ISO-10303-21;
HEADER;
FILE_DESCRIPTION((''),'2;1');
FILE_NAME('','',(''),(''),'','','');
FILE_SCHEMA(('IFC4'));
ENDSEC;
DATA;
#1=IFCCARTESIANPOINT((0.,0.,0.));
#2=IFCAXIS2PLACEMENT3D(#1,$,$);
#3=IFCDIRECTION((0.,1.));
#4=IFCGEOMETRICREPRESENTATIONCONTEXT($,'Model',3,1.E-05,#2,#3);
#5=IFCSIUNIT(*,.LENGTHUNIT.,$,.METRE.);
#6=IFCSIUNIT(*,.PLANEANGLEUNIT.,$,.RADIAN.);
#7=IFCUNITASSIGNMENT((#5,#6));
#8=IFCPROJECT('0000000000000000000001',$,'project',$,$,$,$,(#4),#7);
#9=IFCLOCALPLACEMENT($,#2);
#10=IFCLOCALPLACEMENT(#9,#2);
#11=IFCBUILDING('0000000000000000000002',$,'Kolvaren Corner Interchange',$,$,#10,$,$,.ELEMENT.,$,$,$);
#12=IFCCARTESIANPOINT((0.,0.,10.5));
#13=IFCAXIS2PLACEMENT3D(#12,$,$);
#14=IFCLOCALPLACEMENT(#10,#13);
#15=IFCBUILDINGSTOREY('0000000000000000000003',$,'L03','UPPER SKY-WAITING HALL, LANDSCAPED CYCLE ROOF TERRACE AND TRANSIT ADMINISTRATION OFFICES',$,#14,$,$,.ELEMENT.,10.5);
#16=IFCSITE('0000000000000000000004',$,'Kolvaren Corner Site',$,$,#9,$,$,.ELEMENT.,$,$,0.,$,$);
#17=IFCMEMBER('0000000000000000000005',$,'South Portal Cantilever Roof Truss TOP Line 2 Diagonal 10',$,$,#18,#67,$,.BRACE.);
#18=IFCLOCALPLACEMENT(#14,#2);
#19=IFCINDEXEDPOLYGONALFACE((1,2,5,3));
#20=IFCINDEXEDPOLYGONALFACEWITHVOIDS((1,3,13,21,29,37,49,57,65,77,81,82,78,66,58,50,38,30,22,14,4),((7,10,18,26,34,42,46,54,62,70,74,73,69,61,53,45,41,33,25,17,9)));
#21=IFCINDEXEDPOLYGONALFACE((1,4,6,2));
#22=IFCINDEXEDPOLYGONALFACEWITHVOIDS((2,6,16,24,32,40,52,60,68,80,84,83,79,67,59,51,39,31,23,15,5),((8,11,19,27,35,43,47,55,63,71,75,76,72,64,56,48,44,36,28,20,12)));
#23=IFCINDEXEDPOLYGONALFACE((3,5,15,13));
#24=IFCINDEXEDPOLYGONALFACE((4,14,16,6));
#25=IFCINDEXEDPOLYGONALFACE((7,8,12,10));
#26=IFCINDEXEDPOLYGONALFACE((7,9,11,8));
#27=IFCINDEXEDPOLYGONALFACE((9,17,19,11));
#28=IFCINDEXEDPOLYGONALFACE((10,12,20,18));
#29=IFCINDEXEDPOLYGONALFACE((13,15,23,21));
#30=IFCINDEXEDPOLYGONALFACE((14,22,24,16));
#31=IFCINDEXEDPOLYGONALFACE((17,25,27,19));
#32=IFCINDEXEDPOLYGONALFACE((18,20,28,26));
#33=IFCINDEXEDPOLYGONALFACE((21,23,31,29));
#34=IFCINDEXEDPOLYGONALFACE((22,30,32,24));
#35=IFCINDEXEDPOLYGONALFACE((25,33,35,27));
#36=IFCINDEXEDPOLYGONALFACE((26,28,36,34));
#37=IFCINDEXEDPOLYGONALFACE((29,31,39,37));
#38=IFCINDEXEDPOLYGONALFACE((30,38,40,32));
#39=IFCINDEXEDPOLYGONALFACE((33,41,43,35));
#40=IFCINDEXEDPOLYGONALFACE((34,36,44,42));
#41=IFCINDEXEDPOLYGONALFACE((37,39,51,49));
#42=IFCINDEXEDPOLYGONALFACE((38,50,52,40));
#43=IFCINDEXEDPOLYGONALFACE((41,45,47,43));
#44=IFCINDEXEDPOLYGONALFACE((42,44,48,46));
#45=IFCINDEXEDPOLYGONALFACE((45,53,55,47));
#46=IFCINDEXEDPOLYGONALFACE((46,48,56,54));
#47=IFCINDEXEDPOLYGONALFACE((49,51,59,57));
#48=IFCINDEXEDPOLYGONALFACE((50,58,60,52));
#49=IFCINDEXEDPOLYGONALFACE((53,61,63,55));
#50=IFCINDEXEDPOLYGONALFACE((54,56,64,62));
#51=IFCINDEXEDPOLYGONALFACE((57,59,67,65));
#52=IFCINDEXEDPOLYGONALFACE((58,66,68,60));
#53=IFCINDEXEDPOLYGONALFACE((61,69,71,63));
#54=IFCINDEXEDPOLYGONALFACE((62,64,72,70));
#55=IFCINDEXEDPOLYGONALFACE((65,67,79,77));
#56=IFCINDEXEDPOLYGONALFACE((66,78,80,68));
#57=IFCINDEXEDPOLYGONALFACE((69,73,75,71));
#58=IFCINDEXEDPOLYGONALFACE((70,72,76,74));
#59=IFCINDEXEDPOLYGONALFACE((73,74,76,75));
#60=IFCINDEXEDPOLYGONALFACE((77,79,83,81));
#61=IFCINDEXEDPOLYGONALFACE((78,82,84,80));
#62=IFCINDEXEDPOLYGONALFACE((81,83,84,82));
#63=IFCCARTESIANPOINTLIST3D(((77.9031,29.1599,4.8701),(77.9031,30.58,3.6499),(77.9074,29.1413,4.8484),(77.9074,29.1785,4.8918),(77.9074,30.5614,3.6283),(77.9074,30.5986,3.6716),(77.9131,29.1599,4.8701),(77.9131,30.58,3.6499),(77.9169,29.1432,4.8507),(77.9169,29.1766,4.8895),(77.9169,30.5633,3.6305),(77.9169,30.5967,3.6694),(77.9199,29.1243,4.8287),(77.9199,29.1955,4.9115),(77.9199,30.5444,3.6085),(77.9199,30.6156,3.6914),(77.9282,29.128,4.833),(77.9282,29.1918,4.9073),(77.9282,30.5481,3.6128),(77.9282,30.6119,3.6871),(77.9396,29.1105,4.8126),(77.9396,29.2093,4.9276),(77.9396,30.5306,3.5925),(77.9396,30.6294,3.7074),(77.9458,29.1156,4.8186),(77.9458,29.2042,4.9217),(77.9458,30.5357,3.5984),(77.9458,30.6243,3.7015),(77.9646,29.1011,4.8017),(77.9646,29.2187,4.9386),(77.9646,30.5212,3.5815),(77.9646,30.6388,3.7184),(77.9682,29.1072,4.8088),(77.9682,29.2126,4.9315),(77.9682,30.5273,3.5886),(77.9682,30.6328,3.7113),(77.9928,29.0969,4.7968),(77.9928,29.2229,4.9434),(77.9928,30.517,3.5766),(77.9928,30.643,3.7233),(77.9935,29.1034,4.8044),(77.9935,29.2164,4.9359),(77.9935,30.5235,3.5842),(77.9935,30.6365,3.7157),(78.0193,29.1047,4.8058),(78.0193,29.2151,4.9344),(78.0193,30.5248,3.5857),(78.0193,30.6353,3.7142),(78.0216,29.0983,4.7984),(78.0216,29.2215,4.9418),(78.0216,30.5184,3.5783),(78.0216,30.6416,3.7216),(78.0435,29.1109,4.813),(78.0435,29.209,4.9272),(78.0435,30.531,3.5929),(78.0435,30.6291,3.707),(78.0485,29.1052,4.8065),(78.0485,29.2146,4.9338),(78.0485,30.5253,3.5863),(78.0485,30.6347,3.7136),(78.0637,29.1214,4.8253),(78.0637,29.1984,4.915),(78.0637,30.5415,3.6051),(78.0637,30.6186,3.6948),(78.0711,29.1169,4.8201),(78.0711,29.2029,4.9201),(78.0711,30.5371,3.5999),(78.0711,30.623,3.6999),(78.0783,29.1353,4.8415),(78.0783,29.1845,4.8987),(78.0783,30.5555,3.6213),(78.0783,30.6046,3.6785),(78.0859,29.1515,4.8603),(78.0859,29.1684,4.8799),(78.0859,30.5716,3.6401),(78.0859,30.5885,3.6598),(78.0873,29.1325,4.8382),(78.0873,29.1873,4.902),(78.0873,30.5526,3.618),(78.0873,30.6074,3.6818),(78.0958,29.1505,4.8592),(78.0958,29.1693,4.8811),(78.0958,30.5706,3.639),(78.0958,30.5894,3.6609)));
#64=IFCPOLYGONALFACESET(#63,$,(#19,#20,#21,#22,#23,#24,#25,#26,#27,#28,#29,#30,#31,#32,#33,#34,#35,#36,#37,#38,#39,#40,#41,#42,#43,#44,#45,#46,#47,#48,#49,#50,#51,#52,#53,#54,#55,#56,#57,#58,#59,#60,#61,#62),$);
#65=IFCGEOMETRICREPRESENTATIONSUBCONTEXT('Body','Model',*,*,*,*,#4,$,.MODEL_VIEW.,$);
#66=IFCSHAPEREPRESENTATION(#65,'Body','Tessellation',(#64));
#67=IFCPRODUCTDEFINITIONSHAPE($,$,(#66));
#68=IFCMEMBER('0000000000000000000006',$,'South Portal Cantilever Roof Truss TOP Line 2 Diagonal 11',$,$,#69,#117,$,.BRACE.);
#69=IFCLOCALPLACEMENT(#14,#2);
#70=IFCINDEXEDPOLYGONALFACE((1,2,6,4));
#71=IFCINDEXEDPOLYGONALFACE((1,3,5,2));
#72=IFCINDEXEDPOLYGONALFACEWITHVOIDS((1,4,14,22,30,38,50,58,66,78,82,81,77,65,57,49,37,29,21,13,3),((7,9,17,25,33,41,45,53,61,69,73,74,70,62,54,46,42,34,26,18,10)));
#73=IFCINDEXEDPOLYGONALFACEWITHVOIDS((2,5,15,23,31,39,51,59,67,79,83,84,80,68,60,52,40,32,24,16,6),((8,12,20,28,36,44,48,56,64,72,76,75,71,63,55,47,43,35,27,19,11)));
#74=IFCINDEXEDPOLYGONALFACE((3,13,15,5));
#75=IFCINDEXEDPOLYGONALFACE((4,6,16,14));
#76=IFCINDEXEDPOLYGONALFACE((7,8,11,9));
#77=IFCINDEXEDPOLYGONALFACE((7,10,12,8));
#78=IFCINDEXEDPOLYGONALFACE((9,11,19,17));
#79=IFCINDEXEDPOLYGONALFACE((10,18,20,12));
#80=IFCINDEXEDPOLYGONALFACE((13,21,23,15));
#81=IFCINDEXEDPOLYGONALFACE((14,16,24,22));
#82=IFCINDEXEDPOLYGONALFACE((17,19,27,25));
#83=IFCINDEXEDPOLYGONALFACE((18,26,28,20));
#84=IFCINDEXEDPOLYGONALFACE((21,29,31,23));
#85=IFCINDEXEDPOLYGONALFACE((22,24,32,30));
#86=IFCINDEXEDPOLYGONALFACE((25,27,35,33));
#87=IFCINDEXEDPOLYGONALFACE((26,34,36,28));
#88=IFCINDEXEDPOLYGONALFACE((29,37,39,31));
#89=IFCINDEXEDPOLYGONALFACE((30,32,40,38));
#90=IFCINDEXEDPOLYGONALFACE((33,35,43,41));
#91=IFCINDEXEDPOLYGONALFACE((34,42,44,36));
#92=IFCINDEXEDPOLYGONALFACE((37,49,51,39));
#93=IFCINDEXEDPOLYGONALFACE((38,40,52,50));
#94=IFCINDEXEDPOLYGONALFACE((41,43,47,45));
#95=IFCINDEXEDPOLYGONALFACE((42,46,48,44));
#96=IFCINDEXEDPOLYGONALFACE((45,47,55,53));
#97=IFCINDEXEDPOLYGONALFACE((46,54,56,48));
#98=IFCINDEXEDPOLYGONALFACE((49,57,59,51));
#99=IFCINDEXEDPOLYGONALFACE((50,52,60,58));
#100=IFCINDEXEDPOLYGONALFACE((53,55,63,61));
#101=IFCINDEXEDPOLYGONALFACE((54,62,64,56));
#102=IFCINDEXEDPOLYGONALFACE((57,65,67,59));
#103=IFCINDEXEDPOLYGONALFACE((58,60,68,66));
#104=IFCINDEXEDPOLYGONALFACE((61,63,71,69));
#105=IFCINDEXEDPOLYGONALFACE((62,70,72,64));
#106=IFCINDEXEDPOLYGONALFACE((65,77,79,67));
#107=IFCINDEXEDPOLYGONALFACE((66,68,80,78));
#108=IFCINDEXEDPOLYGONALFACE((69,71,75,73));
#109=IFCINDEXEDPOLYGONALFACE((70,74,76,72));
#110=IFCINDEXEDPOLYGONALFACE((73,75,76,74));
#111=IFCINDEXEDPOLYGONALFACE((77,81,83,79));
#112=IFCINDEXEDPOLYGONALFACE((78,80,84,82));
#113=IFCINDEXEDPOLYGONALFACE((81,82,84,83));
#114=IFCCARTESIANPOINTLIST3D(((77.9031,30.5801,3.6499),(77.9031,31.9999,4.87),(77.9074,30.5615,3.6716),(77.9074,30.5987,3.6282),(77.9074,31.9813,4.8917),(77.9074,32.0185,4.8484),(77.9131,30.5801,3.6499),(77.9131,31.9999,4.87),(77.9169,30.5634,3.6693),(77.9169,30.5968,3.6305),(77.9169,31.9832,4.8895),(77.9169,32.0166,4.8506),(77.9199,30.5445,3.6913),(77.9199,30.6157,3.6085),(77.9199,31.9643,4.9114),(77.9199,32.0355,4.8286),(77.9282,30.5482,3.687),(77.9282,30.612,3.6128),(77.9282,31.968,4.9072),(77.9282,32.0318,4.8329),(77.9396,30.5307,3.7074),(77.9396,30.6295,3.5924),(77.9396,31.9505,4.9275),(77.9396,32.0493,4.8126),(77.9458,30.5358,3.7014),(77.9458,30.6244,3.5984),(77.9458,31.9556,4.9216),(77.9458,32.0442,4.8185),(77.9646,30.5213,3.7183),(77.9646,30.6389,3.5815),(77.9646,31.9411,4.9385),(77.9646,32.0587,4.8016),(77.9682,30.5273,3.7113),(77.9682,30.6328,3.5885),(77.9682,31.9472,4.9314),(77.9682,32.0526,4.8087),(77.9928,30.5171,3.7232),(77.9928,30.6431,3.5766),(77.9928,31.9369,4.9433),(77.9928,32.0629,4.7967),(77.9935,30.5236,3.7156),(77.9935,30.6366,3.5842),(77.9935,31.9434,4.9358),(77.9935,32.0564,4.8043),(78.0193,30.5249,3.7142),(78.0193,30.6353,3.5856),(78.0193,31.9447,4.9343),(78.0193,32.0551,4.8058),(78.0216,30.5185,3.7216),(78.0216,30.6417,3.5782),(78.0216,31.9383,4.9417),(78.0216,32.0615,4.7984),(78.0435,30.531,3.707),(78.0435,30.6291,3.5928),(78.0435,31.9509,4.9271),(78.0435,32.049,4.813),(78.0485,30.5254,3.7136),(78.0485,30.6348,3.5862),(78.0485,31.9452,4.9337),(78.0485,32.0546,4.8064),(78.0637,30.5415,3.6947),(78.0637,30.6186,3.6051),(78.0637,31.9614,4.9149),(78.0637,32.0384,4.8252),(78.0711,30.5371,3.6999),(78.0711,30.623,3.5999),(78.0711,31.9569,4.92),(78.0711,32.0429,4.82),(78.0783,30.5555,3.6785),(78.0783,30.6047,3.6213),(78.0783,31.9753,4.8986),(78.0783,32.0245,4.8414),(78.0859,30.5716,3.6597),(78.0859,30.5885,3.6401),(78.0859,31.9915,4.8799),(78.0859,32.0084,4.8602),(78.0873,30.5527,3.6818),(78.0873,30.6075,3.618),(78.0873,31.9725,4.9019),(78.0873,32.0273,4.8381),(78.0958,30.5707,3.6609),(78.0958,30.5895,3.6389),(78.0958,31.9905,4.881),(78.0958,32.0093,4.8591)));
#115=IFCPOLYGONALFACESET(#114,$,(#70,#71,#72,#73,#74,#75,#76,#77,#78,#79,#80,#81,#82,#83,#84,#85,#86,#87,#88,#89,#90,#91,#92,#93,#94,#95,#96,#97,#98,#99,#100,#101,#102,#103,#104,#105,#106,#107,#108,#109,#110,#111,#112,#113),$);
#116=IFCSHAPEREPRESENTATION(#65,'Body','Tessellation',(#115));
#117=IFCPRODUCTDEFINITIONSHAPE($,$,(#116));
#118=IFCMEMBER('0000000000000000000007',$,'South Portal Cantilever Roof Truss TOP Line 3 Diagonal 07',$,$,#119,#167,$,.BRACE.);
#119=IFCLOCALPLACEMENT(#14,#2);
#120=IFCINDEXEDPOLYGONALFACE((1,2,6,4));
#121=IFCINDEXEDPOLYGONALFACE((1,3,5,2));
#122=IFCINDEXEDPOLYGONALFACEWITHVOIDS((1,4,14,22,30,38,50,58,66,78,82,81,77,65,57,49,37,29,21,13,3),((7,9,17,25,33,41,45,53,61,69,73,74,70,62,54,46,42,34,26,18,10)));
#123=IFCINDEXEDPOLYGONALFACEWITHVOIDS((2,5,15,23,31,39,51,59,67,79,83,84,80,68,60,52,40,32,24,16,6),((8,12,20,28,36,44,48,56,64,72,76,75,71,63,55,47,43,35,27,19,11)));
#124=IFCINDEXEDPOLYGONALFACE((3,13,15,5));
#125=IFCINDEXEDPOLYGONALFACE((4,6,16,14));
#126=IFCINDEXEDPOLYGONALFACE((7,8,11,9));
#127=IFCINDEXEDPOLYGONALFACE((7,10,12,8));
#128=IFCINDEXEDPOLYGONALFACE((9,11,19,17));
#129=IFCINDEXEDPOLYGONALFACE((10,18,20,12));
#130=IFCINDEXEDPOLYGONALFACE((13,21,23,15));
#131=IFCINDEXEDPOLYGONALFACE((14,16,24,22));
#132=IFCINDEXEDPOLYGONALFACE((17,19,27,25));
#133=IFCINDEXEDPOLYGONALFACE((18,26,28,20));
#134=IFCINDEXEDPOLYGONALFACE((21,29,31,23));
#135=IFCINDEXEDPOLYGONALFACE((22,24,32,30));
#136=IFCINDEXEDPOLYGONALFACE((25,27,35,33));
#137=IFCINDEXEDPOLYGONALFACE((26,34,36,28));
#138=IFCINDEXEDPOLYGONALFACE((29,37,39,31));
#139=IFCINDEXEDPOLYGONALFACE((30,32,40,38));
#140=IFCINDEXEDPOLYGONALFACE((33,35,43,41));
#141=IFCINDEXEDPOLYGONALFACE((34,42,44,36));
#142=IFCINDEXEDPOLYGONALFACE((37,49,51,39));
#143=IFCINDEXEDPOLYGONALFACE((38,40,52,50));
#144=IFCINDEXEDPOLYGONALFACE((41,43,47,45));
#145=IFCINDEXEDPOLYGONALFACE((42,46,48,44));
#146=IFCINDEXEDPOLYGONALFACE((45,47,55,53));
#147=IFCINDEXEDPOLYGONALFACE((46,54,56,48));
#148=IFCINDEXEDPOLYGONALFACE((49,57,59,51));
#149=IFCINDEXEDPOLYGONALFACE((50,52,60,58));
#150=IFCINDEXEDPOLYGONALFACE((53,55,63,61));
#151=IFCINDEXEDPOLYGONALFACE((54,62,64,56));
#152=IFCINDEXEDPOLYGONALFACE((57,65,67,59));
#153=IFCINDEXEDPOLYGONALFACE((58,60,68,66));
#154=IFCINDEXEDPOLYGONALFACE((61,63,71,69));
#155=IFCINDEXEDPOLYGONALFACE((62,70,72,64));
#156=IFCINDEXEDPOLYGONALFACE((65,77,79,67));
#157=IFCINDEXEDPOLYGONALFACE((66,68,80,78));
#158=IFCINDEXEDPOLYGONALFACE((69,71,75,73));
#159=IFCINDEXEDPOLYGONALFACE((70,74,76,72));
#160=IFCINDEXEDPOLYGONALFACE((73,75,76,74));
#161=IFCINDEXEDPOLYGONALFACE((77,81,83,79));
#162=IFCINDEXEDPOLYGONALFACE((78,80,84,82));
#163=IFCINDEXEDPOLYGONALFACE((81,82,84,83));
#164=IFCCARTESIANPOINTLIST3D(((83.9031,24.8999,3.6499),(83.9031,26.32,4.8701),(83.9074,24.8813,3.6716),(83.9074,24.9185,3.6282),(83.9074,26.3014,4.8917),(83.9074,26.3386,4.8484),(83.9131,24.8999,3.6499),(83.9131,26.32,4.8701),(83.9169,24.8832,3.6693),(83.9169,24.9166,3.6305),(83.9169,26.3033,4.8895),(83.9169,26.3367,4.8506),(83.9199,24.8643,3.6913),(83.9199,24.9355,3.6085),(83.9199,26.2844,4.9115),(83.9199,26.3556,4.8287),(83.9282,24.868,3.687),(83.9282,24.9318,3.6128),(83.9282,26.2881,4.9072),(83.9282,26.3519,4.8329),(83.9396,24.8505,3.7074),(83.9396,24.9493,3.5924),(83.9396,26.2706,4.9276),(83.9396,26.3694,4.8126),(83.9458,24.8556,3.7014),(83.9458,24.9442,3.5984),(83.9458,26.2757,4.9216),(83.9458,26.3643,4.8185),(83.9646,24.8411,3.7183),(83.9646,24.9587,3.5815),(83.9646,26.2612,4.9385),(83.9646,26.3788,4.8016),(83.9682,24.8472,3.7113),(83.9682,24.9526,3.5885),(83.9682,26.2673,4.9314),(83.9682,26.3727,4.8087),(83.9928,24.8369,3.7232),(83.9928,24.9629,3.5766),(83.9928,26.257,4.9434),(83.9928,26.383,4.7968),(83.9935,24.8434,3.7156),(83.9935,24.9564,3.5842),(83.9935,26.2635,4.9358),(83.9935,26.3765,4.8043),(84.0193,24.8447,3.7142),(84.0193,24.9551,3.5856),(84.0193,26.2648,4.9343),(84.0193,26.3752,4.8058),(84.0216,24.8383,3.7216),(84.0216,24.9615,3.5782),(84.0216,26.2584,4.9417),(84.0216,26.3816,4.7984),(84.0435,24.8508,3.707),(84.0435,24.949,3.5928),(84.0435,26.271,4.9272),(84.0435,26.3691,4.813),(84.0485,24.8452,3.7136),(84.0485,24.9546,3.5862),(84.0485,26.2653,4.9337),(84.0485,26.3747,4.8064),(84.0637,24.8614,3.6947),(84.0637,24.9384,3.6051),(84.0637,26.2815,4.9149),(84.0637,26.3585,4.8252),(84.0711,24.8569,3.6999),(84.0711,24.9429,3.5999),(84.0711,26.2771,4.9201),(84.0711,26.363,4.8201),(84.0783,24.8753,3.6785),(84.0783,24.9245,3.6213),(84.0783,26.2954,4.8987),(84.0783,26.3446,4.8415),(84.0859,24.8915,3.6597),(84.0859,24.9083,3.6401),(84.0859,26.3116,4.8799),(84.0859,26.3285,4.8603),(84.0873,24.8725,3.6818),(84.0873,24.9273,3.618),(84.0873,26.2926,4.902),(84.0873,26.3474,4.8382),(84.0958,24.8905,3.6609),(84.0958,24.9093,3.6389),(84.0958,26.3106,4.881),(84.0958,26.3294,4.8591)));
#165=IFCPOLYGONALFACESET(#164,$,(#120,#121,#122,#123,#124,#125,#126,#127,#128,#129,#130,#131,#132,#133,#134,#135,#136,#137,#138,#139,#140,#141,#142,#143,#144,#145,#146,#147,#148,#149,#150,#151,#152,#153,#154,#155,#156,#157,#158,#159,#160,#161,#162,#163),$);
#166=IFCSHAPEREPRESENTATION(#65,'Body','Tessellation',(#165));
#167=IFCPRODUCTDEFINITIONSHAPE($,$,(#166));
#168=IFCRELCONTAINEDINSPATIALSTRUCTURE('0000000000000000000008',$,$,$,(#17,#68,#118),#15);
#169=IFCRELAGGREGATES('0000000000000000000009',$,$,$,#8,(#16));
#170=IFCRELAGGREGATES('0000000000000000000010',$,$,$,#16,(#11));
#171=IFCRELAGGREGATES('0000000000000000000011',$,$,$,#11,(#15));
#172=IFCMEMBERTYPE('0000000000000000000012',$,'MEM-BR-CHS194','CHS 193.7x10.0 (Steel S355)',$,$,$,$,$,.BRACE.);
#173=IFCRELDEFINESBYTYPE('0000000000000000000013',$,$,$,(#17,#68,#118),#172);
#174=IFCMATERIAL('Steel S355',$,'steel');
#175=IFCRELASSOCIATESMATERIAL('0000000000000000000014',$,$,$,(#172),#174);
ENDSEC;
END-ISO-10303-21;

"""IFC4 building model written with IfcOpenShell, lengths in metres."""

from ifc_helpers import new_model, si_unit, direction, frame, origin, origin_2d, place, context, subcontext, project, spatial, hollow_circle, extrude, material, material_profile, profile_set, type_object, element, save


model = new_model("IFC4")

# Units and contexts
model_context = context("Model", 3, precision=1e-05, world=origin(), true_north=direction((0.0, 1.0)))
body_context = subcontext(model_context, "Body", "Model", "MODEL_VIEW")
ifc_project = project(units=[si_unit("LENGTHUNIT", "METRE"), si_unit("PLANEANGLEUNIT", "RADIAN")], contexts=[model_context])

# Site, building, storey
site_placement = place(None, origin())
site = spatial("IfcSite", under=ifc_project, at=site_placement, Name="Kolvaren Corner Site", CompositionType="ELEMENT", RefElevation=0.0)
building_placement = place(site_placement, origin())
building = spatial("IfcBuilding", under=site, at=building_placement, Name="Kolvaren Corner Interchange", CompositionType="ELEMENT")
storey_placement = place(building_placement, frame((0.0, 0.0, 10.5)))
storey = spatial("IfcBuildingStorey", under=building, at=storey_placement, Name="L03", Description="UPPER SKY-WAITING HALL, LANDSCAPED CYCLE ROOF TERRACE AND TRANSIT ADMINISTRATION OFFICES", CompositionType="ELEMENT", Elevation=10.5)

# Members
ifc_material_1 = material(Name="Steel S355", Category="steel")
ifc_material_profile_1 = material_profile(ifc_material_1, hollow_circle(Radius=0.0969, WallThickness=0.01, at=origin_2d()), Name="CHS 193.7x10.0")
ifc_profile_set_1 = profile_set([ifc_material_profile_1], Name="Steel S355")
member_type_1 = type_object("IfcMemberType", Name="MEM-BR-CHS194", Description="CHS 193.7x10.0 (Steel S355)", PredefinedType="BRACE", material=ifc_profile_set_1)
member_1_placement = place(storey_placement, frame((78.0, 29.1599, 4.8701), z_axis=(0.0, 0.758483, -0.651693), x_axis=(-1.0, 0.0, 0.0)))
element("IfcMember", 1, at=member_1_placement, inside=storey, type_object=member_type_1, Name="South Portal Cantilever Roof Truss TOP Line 2 Diagonal 10", PredefinedType="BRACE", context=body_context, shape_type="SweptSolid", body=[
    extrude(hollow_circle(Radius=0.0969, WallThickness=0.01, at=origin_2d()), origin(), (0.0, 0.0, 1.0), 1.8723),
])
member_2_placement = place(storey_placement, frame((78.0, 30.5801, 3.6499), z_axis=(0.0, 0.758428, 0.651757), x_axis=(-1.0, 0.0, 0.0)))
element("IfcMember", 2, at=member_2_placement, inside=storey, type_object=member_type_1, Name="South Portal Cantilever Roof Truss TOP Line 2 Diagonal 11", PredefinedType="BRACE", context=body_context, shape_type="SweptSolid", body=[
    extrude(hollow_circle(Radius=0.0969, WallThickness=0.01, at=origin_2d()), origin(), (0.0, 0.0, 1.0), 1.8721),
])
member_3_placement = place(storey_placement, frame((84.0, 24.8999, 3.6499), z_axis=(0.0, 0.758483, 0.651693), x_axis=(-1.0, 0.0, 0.0)))
element("IfcMember", 3, at=member_3_placement, inside=storey, type_object=member_type_1, Name="South Portal Cantilever Roof Truss TOP Line 3 Diagonal 07", PredefinedType="BRACE", context=body_context, shape_type="SweptSolid", body=[
    extrude(hollow_circle(Radius=0.0969, WallThickness=0.01, at=origin_2d()), origin(), (0.0, 0.0, 1.0), 1.8723),
])

save(model, "model.ifc")
